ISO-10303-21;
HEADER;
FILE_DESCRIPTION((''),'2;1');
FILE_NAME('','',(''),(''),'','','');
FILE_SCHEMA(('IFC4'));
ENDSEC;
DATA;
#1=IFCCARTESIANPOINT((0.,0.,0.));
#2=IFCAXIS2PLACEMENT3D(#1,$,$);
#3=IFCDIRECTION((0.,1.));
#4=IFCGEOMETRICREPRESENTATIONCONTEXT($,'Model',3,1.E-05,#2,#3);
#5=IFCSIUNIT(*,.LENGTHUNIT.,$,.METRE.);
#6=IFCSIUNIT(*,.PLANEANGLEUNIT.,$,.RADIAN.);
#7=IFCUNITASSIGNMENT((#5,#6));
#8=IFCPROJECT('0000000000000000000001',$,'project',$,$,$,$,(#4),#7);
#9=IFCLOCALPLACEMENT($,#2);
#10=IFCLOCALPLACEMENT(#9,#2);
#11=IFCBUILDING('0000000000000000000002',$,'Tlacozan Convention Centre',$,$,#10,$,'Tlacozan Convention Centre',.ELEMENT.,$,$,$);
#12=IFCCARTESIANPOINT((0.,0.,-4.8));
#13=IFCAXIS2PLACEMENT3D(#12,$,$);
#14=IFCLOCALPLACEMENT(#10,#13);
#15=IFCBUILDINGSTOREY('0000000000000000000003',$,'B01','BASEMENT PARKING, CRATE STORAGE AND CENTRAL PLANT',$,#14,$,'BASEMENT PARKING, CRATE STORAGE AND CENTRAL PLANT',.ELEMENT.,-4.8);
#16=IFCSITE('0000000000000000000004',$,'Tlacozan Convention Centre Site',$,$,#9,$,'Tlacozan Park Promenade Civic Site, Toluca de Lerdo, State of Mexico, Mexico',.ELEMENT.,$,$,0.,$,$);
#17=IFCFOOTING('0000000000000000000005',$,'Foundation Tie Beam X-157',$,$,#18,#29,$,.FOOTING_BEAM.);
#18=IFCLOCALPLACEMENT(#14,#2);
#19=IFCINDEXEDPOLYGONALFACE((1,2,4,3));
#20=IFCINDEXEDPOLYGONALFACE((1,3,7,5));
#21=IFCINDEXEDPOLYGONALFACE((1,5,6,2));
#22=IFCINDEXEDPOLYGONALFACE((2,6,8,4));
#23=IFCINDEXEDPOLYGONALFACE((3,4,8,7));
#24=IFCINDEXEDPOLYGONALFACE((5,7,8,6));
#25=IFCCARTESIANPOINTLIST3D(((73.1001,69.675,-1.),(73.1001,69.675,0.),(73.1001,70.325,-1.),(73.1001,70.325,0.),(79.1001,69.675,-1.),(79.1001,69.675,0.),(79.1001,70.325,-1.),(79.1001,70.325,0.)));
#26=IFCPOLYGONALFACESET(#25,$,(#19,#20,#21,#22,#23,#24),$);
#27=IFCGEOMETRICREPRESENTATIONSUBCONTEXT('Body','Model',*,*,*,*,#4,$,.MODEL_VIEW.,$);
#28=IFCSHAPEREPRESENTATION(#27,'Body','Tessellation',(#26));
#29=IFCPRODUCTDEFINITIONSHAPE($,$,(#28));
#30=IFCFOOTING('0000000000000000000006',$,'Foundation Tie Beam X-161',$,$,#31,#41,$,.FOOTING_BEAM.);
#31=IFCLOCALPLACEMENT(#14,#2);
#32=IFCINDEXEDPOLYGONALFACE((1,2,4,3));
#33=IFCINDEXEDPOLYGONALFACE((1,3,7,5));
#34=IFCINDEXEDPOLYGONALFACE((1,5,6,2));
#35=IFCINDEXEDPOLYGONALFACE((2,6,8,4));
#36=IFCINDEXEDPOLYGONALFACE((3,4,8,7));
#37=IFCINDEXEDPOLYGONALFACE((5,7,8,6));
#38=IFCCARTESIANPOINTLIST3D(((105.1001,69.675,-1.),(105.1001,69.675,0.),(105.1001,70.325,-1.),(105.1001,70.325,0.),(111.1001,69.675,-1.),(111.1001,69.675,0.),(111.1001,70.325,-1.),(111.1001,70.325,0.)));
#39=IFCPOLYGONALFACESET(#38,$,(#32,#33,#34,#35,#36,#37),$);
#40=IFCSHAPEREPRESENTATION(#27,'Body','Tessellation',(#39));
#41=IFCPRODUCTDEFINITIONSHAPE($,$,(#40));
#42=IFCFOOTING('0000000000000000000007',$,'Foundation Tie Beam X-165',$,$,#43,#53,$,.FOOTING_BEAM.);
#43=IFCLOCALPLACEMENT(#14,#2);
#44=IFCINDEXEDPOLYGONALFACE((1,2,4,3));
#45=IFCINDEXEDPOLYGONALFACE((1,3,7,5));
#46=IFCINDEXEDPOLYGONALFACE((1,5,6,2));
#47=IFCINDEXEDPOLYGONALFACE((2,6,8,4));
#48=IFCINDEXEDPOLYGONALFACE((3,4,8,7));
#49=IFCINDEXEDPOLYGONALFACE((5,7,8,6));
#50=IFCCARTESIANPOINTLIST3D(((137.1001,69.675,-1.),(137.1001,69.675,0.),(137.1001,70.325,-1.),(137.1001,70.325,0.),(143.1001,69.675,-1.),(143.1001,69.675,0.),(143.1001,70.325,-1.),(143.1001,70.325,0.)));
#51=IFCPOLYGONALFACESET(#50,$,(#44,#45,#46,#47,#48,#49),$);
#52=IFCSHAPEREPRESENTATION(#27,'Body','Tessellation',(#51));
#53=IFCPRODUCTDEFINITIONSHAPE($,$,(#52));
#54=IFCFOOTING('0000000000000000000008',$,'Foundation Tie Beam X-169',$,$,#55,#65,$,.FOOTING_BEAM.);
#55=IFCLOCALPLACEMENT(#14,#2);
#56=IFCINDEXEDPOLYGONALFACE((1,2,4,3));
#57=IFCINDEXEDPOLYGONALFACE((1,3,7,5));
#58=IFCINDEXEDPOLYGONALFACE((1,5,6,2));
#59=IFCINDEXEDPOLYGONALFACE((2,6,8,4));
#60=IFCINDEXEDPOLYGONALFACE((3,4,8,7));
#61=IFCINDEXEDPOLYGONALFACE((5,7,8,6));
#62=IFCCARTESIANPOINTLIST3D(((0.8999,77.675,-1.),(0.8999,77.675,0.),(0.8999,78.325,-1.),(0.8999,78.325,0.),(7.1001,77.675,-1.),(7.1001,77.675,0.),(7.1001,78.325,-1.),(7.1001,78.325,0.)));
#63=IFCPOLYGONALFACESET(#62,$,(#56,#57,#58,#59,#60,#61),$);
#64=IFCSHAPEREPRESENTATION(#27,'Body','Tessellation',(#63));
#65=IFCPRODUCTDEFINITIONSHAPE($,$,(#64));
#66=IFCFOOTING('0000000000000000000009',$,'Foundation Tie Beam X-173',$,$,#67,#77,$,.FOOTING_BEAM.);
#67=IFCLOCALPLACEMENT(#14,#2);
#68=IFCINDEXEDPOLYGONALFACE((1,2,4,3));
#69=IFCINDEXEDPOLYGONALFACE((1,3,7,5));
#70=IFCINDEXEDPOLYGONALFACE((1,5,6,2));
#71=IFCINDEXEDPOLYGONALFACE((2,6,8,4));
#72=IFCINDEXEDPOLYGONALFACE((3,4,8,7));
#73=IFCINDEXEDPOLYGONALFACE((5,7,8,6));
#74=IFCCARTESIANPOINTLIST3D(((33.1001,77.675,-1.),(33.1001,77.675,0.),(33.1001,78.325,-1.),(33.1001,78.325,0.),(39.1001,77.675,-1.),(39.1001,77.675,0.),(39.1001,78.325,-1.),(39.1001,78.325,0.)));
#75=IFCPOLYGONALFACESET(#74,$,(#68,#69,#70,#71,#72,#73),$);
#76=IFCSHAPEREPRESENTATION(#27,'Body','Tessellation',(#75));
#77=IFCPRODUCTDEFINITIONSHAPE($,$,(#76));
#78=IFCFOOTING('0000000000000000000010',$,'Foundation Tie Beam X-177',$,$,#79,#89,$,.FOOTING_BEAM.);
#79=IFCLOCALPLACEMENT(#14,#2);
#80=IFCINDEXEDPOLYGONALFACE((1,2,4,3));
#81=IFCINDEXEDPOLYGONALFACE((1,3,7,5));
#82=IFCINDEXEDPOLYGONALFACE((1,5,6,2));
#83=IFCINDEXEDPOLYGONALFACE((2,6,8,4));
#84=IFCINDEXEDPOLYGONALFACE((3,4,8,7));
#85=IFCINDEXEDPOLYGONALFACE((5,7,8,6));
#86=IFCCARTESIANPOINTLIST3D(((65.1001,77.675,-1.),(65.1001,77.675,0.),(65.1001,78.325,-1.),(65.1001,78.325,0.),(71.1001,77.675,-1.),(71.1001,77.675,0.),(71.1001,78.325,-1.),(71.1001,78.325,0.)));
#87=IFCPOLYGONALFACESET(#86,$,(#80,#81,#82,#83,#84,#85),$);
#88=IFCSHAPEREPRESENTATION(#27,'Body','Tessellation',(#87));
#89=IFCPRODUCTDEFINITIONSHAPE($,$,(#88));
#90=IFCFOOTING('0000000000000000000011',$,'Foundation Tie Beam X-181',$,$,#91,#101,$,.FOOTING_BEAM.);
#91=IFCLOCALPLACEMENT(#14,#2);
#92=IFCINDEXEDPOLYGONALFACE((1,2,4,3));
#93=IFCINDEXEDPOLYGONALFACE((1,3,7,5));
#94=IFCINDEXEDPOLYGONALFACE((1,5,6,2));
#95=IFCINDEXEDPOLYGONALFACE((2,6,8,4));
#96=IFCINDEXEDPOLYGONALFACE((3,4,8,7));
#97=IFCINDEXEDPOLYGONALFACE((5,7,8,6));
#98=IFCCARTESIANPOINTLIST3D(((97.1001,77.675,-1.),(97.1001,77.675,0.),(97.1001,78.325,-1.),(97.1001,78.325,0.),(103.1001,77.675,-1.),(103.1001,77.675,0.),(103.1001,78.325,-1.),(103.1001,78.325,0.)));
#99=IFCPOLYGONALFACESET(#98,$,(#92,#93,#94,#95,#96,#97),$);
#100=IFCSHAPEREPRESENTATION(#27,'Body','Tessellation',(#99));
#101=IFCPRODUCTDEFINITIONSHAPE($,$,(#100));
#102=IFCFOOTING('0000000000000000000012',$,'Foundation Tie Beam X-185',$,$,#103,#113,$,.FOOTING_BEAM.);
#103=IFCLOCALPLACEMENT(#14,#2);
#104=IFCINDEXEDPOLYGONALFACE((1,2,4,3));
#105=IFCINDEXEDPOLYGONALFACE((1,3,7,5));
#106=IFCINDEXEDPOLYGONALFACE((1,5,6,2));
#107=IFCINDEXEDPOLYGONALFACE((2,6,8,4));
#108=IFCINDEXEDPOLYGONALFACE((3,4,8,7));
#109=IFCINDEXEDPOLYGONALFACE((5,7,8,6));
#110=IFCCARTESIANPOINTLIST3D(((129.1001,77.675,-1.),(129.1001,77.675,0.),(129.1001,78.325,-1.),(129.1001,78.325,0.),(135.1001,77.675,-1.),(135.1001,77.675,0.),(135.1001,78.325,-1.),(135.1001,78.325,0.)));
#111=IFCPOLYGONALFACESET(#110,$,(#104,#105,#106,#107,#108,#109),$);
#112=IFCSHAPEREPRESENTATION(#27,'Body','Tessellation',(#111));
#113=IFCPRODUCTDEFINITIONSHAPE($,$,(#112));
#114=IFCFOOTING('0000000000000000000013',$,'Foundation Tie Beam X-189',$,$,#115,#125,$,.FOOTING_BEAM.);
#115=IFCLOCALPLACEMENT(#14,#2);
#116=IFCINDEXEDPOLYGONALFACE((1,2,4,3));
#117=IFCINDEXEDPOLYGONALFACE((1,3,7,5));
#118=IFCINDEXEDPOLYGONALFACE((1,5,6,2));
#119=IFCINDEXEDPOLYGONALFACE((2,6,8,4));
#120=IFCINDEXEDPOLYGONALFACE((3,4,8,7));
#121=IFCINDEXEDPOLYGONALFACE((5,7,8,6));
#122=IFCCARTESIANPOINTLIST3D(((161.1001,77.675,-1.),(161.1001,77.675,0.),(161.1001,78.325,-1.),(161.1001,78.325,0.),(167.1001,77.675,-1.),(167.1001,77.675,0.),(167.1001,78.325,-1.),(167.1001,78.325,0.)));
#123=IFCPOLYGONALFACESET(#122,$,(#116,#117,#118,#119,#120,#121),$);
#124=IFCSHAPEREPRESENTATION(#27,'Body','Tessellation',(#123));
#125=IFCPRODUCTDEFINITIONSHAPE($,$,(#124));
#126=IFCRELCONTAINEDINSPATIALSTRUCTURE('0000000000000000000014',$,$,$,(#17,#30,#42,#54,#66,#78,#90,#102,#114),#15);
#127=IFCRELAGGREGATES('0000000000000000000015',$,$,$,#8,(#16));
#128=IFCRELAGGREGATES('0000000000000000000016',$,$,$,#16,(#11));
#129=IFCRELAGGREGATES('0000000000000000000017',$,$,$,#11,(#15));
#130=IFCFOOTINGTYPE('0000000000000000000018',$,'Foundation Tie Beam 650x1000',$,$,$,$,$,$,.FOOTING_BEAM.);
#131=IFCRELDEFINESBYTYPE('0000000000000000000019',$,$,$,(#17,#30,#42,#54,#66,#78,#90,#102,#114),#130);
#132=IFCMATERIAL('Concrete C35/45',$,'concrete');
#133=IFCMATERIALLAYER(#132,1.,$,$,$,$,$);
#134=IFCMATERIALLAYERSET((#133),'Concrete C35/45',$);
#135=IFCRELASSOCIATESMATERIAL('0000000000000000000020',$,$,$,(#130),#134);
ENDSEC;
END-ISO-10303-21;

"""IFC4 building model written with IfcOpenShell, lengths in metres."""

from ifc_helpers import new_model, si_unit, direction, frame, origin, place, context, subcontext, project, spatial, polyline, outline, extrude, material, layer, layer_set, type_object, element, save


model = new_model("IFC4")

# Units and contexts
model_context = context("Model", 3, precision=1e-05, world=origin(), true_north=direction((0.0, 1.0)))
body_context = subcontext(model_context, "Body", "Model", "MODEL_VIEW")
ifc_project = project(units=[si_unit("LENGTHUNIT", "METRE"), si_unit("PLANEANGLEUNIT", "RADIAN")], contexts=[model_context])

# Site, building, storey
site_placement = place(None, origin())
site = spatial("IfcSite", under=ifc_project, at=site_placement, Name="Tlacozan Convention Centre Site", LongName="Tlacozan Park Promenade Civic Site, Toluca de Lerdo, State of Mexico, Mexico", CompositionType="ELEMENT", RefElevation=0.0)
building_placement = place(site_placement, origin())
building = spatial("IfcBuilding", under=site, at=building_placement, Name="Tlacozan Convention Centre", LongName="Tlacozan Convention Centre", CompositionType="ELEMENT")
storey_placement = place(building_placement, frame((0.0, 0.0, -4.8)))
storey = spatial("IfcBuildingStorey", under=building, at=storey_placement, Name="B01", Description="BASEMENT PARKING, CRATE STORAGE AND CENTRAL PLANT", LongName="BASEMENT PARKING, CRATE STORAGE AND CENTRAL PLANT", CompositionType="ELEMENT", Elevation=-4.8)

# Footings
ifc_material = material(Name="Concrete C35/45", Category="concrete")
ifc_layer = layer(ifc_material, 1.0)
ifc_layer_set = layer_set([ifc_layer], Name="Concrete C35/45")
footing_type = type_object("IfcFootingType", Name="Foundation Tie Beam 650x1000", PredefinedType="FOOTING_BEAM", material=ifc_layer_set)
footing_1_placement = place(storey_placement, frame((0.0, 0.0, -1.0)))
element("IfcFooting", 1, at=footing_1_placement, inside=storey, type_object=footing_type, Name="Foundation Tie Beam X-157", PredefinedType="FOOTING_BEAM", context=body_context, shape_type="SweptSolid", body=[
    extrude(outline(polyline([(73.1001, 69.675), (79.1001, 69.675), (79.1001, 70.325), (73.1001, 70.325), (73.1001, 69.675)])), origin(), (0.0, 0.0, 1.0), 1.0),
])
footing_2_placement = place(storey_placement, frame((0.0, 0.0, -1.0)))
element("IfcFooting", 2, at=footing_2_placement, inside=storey, type_object=footing_type, Name="Foundation Tie Beam X-161", PredefinedType="FOOTING_BEAM", context=body_context, shape_type="SweptSolid", body=[
    extrude(outline(polyline([(105.1001, 69.675), (111.1001, 69.675), (111.1001, 70.325), (105.1001, 70.325), (105.1001, 69.675)])), origin(), (0.0, 0.0, 1.0), 1.0),
])
footing_3_placement = place(storey_placement, frame((0.0, 0.0, -1.0)))
element("IfcFooting", 3, at=footing_3_placement, inside=storey, type_object=footing_type, Name="Foundation Tie Beam X-165", PredefinedType="FOOTING_BEAM", context=body_context, shape_type="SweptSolid", body=[
    extrude(outline(polyline([(137.1001, 69.675), (143.1001, 69.675), (143.1001, 70.325), (137.1001, 70.325), (137.1001, 69.675)])), origin(), (0.0, 0.0, 1.0), 1.0),
])
footing_4_placement = place(storey_placement, frame((0.0, 0.0, -1.0)))
element("IfcFooting", 4, at=footing_4_placement, inside=storey, type_object=footing_type, Name="Foundation Tie Beam X-169", PredefinedType="FOOTING_BEAM", context=body_context, shape_type="SweptSolid", body=[
    extrude(outline(polyline([(0.8999, 77.675), (7.1001, 77.675), (7.1001, 78.325), (0.8999, 78.325), (0.8999, 77.675)])), origin(), (0.0, 0.0, 1.0), 1.0),
])
footing_5_placement = place(storey_placement, frame((0.0, 0.0, -1.0)))
element("IfcFooting", 5, at=footing_5_placement, inside=storey, type_object=footing_type, Name="Foundation Tie Beam X-173", PredefinedType="FOOTING_BEAM", context=body_context, shape_type="SweptSolid", body=[
    extrude(outline(polyline([(33.1001, 77.675), (39.1001, 77.675), (39.1001, 78.325), (33.1001, 78.325), (33.1001, 77.675)])), origin(), (0.0, 0.0, 1.0), 1.0),
])
footing_6_placement = place(storey_placement, frame((0.0, 0.0, -1.0)))
element("IfcFooting", 6, at=footing_6_placement, inside=storey, type_object=footing_type, Name="Foundation Tie Beam X-177", PredefinedType="FOOTING_BEAM", context=body_context, shape_type="SweptSolid", body=[
    extrude(outline(polyline([(65.1001, 77.675), (71.1001, 77.675), (71.1001, 78.325), (65.1001, 78.325), (65.1001, 77.675)])), origin(), (0.0, 0.0, 1.0), 1.0),
])
footing_7_placement = place(storey_placement, frame((0.0, 0.0, -1.0)))
element("IfcFooting", 7, at=footing_7_placement, inside=storey, type_object=footing_type, Name="Foundation Tie Beam X-181", PredefinedType="FOOTING_BEAM", context=body_context, shape_type="SweptSolid", body=[
    extrude(outline(polyline([(97.1001, 77.675), (103.1001, 77.675), (103.1001, 78.325), (97.1001, 78.325), (97.1001, 77.675)])), origin(), (0.0, 0.0, 1.0), 1.0),
])
footing_8_placement = place(storey_placement, frame((0.0, 0.0, -1.0)))
element("IfcFooting", 8, at=footing_8_placement, inside=storey, type_object=footing_type, Name="Foundation Tie Beam X-185", PredefinedType="FOOTING_BEAM", context=body_context, shape_type="SweptSolid", body=[
    extrude(outline(polyline([(129.1001, 77.675), (135.1001, 77.675), (135.1001, 78.325), (129.1001, 78.325), (129.1001, 77.675)])), origin(), (0.0, 0.0, 1.0), 1.0),
])
footing_9_placement = place(storey_placement, frame((0.0, 0.0, -1.0)))
element("IfcFooting", 9, at=footing_9_placement, inside=storey, type_object=footing_type, Name="Foundation Tie Beam X-189", PredefinedType="FOOTING_BEAM", context=body_context, shape_type="SweptSolid", body=[
    extrude(outline(polyline([(161.1001, 77.675), (167.1001, 77.675), (167.1001, 78.325), (161.1001, 78.325), (161.1001, 77.675)])), origin(), (0.0, 0.0, 1.0), 1.0),
])

save(model, "model.ifc")
